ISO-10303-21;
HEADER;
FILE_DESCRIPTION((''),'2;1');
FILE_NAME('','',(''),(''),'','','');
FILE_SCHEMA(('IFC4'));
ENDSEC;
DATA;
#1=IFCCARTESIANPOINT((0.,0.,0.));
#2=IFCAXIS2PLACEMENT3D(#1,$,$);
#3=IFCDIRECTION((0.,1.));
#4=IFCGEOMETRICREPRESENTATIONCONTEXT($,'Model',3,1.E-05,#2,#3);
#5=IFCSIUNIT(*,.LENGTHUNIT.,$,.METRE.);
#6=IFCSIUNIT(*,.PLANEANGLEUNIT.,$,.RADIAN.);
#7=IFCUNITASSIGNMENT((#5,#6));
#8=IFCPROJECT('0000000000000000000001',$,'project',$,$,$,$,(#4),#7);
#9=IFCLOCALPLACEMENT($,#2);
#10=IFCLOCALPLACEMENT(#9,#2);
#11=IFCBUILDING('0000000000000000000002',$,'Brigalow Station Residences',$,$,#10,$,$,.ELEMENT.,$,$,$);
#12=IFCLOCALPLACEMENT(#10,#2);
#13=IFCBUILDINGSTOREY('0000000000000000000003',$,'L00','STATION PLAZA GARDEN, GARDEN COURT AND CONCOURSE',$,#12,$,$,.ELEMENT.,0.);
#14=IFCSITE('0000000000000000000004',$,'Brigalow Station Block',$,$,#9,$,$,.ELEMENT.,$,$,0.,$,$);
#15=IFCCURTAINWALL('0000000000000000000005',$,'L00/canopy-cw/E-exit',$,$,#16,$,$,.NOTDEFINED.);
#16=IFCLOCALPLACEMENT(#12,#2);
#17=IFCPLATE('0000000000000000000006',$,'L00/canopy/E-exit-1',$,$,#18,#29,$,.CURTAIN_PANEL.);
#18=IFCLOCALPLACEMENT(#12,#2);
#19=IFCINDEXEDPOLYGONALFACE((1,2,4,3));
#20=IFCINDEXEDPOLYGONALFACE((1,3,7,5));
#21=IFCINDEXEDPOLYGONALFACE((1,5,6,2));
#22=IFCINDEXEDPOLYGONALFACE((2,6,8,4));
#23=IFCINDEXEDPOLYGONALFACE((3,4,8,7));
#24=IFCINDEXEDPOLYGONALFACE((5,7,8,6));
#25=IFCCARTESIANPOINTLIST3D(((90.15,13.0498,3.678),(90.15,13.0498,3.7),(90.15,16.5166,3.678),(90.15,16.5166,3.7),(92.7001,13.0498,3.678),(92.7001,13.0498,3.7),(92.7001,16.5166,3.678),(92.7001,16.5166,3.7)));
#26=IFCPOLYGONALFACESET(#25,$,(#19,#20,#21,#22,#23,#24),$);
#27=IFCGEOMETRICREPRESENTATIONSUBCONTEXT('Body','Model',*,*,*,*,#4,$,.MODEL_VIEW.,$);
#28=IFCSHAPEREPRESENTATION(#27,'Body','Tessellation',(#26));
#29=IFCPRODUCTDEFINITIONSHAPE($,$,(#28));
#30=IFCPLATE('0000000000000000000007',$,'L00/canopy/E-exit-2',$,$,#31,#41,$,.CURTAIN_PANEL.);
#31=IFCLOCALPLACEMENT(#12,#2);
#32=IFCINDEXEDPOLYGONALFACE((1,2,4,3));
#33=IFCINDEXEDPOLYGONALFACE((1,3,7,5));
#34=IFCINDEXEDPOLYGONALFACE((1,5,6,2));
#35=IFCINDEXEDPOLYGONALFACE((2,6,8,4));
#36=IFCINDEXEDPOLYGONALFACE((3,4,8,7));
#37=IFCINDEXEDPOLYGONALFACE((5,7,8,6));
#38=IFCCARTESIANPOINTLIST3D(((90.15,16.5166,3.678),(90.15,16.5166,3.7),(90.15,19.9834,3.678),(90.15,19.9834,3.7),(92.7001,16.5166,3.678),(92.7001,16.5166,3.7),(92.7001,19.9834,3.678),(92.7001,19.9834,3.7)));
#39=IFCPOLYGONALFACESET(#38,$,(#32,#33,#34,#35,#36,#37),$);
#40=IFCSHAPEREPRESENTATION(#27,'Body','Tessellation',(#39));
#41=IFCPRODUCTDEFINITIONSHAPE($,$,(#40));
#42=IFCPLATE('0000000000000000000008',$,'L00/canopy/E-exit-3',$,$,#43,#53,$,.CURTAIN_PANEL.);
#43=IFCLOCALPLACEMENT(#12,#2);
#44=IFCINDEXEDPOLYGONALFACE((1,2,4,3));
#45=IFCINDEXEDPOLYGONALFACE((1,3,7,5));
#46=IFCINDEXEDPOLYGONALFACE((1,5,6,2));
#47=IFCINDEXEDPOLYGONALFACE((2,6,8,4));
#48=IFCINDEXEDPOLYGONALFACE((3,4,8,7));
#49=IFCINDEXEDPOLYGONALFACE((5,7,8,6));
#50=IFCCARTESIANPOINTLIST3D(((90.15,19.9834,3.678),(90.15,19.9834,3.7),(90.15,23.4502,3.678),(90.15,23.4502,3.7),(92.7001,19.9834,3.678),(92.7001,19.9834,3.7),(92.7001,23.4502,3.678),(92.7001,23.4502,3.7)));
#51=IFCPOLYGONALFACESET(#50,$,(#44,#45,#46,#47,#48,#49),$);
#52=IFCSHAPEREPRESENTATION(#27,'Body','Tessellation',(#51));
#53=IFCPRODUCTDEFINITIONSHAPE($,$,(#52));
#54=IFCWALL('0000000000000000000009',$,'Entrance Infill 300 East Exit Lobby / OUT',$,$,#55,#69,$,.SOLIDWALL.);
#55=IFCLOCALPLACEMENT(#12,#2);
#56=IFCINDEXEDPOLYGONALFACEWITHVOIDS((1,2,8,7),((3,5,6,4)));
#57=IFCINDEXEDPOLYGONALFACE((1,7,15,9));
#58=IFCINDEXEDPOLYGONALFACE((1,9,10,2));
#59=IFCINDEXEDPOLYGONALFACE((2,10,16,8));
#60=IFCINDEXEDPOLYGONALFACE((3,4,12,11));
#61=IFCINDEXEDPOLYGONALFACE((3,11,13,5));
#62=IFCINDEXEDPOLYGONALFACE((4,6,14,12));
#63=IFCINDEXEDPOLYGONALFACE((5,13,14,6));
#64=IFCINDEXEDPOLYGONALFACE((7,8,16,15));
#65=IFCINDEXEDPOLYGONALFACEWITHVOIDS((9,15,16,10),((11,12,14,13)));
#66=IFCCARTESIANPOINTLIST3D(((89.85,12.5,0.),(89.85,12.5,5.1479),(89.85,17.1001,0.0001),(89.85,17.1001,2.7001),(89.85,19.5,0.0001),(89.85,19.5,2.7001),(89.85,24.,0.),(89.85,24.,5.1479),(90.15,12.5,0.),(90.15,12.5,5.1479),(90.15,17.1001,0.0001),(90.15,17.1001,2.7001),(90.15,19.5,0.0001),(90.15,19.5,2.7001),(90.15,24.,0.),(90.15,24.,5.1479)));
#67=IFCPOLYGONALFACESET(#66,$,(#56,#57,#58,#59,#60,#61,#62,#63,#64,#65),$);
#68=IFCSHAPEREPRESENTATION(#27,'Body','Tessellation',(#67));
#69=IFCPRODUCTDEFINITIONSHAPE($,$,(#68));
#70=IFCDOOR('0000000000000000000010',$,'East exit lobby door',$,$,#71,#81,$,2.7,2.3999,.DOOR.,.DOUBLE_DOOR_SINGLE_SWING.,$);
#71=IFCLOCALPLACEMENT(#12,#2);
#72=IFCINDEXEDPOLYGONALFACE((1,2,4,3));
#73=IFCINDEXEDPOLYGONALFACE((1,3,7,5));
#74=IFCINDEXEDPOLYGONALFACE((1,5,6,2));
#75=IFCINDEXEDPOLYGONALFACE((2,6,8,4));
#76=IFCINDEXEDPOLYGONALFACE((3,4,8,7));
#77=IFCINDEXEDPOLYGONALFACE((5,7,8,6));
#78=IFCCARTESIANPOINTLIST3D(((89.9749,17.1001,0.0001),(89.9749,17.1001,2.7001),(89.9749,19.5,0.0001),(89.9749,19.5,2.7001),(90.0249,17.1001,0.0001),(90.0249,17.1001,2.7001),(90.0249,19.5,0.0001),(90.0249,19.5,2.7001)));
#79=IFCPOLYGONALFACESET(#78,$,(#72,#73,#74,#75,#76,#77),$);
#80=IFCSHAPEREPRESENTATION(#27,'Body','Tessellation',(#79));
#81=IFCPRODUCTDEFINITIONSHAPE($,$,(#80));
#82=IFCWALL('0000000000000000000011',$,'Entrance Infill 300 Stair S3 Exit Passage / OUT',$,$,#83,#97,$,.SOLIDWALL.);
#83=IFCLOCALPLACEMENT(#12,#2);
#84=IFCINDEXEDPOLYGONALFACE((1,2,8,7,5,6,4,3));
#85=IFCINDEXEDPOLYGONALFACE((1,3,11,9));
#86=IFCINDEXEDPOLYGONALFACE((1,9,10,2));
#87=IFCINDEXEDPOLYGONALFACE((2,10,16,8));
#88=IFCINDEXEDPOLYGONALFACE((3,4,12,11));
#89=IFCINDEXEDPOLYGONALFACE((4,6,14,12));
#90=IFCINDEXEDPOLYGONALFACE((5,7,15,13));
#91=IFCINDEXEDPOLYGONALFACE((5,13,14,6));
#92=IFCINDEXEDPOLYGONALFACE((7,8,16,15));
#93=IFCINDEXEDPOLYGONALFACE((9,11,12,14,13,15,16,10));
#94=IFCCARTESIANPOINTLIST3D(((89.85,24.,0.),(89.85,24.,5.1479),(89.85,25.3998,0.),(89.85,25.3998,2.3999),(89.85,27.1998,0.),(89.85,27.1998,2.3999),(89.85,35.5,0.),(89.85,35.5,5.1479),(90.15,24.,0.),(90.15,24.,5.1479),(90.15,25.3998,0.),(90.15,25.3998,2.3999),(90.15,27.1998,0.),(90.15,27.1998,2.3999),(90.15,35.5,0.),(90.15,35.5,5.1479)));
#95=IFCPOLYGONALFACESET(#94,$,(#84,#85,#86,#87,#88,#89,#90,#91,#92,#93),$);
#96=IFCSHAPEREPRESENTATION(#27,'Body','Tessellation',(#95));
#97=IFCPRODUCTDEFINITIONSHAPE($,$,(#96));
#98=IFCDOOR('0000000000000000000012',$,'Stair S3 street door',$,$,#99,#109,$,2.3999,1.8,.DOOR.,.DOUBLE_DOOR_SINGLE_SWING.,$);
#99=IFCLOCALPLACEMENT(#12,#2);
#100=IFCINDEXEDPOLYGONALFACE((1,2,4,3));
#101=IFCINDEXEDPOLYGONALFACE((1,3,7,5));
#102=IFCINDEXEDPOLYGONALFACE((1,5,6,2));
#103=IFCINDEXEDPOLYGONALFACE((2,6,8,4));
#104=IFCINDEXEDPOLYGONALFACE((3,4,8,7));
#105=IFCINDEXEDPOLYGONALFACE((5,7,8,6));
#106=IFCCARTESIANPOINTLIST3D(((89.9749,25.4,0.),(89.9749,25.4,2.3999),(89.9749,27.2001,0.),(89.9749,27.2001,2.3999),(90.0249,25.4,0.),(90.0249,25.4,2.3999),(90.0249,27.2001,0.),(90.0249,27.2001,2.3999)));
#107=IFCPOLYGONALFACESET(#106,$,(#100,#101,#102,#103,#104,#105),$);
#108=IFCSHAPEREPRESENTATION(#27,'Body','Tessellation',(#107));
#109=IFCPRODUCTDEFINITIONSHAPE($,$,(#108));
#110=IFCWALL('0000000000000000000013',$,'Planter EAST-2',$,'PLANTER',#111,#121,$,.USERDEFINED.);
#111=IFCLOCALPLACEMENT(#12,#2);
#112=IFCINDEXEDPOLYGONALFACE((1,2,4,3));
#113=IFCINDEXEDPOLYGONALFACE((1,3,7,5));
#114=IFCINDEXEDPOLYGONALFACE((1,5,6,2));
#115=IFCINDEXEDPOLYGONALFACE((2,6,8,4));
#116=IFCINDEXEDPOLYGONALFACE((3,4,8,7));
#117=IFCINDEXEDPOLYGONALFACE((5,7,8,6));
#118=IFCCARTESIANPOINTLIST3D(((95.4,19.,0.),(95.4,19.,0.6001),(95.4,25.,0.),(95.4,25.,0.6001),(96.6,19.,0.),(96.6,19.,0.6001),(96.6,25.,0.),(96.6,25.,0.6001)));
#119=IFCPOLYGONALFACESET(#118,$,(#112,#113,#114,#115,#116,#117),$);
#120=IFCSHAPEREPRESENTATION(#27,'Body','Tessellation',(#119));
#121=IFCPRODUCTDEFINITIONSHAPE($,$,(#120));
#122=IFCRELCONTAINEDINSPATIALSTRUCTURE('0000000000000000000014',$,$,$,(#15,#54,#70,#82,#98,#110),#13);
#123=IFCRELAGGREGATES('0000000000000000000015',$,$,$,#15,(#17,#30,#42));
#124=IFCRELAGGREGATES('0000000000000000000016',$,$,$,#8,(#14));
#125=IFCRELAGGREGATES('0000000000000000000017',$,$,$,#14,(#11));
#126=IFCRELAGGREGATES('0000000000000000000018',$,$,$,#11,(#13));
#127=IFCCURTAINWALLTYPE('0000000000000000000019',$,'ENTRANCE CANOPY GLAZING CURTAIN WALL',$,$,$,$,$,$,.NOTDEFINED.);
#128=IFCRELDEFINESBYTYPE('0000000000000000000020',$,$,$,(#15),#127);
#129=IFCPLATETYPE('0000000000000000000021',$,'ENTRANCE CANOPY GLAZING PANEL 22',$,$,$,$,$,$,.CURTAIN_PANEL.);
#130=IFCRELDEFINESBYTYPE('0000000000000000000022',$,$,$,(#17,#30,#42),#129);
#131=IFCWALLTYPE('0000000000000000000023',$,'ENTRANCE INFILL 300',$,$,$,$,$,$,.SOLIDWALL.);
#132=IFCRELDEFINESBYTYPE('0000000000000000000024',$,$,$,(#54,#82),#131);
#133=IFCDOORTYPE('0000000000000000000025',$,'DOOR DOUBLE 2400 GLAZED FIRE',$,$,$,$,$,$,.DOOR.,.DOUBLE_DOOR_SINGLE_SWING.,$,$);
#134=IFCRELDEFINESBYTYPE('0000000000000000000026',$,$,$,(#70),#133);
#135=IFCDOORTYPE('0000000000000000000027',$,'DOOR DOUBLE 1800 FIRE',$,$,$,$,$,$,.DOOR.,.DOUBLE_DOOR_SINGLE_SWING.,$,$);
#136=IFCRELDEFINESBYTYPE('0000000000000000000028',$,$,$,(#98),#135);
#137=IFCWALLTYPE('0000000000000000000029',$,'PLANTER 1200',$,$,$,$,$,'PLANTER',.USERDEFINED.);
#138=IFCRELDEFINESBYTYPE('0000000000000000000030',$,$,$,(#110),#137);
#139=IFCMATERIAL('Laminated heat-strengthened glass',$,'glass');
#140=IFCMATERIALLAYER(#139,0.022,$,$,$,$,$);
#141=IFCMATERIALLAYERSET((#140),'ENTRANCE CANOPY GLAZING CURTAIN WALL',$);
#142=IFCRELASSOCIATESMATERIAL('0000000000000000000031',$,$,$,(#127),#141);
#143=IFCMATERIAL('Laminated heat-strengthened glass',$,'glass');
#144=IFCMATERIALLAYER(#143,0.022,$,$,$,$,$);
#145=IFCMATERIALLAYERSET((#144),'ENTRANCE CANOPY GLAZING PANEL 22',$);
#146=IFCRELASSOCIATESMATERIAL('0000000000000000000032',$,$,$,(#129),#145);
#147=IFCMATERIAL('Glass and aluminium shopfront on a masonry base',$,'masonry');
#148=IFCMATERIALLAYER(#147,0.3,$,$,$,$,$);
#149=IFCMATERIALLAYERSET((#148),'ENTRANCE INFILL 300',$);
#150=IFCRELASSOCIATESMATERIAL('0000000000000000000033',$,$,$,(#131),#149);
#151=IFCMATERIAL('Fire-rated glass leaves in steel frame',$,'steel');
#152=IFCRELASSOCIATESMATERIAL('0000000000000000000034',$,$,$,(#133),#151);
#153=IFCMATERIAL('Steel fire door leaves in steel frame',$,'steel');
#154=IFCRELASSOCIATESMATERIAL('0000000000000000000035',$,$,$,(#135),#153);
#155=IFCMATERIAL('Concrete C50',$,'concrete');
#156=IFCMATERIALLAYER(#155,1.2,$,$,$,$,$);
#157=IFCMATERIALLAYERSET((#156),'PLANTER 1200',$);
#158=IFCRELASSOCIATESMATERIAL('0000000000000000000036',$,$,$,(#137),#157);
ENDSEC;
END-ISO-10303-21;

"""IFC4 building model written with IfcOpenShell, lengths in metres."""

from ifc_helpers import new_model, si_unit, direction, frame, frame_2d, origin, origin_2d, place, context, subcontext, project, spatial, rectangle, extrude, material, layer, layer_set, type_object, element, fill, aggregate, save


model = new_model("IFC4")

# Units and contexts
model_context = context("Model", 3, precision=1e-05, world=origin(), true_north=direction((0.0, 1.0)))
body_context = subcontext(model_context, "Body", "Model", "MODEL_VIEW")
ifc_project = project(units=[si_unit("LENGTHUNIT", "METRE"), si_unit("PLANEANGLEUNIT", "RADIAN")], contexts=[model_context])

# Site, building, storey
site_placement = place(None, origin())
site = spatial("IfcSite", under=ifc_project, at=site_placement, Name="Brigalow Station Block", CompositionType="ELEMENT", RefElevation=0.0)
building_placement = place(site_placement, origin())
building = spatial("IfcBuilding", under=site, at=building_placement, Name="Brigalow Station Residences", CompositionType="ELEMENT")
storey_placement = place(building_placement, origin())
storey = spatial("IfcBuildingStorey", under=building, at=storey_placement, Name="L00", Description="STATION PLAZA GARDEN, GARDEN COURT AND CONCOURSE", CompositionType="ELEMENT", Elevation=0.0)

# Curtain wall, plates
ifc_material_1 = material(Name="Laminated heat-strengthened glass", Category="glass")
ifc_layer_1 = layer(ifc_material_1, 0.022)
ifc_layer_set_1 = layer_set([ifc_layer_1], Name="ENTRANCE CANOPY GLAZING CURTAIN WALL")
curtain_wall_type = type_object("IfcCurtainWallType", Name="ENTRANCE CANOPY GLAZING CURTAIN WALL", PredefinedType="NOTDEFINED", material=ifc_layer_set_1)
curtain_wall_placement = place(storey_placement, origin())
curtain_wall = element("IfcCurtainWall", 1, at=curtain_wall_placement, inside=storey, type_object=curtain_wall_type, Name="L00/canopy-cw/E-exit", PredefinedType="NOTDEFINED")
ifc_material_2 = material(Name="Laminated heat-strengthened glass", Category="glass")
ifc_layer_2 = layer(ifc_material_2, 0.022)
ifc_layer_set_2 = layer_set([ifc_layer_2], Name="ENTRANCE CANOPY GLAZING PANEL 22")
plate_type = type_object("IfcPlateType", Name="ENTRANCE CANOPY GLAZING PANEL 22", PredefinedType="CURTAIN_PANEL", material=ifc_layer_set_2)
plate_1_placement = place(storey_placement, frame((91.425, 14.7832, 3.678), z_axis=(0.0, 0.0, 1.0), x_axis=(0.0, 1.0, 0.0)))
plate_1 = element("IfcPlate", 2, at=plate_1_placement, type_object=plate_type, Name="L00/canopy/E-exit-1", PredefinedType="CURTAIN_PANEL", context=body_context, shape_type="SweptSolid", body=[
    extrude(rectangle(XDim=3.4668, YDim=2.55, at=origin_2d()), origin(), (0.0, 0.0, 1.0), 0.022),
])
plate_2_placement = place(storey_placement, frame((91.425, 18.25, 3.678), z_axis=(0.0, 0.0, 1.0), x_axis=(0.0, 1.0, 0.0)))
plate_2 = element("IfcPlate", 3, at=plate_2_placement, type_object=plate_type, Name="L00/canopy/E-exit-2", PredefinedType="CURTAIN_PANEL", context=body_context, shape_type="SweptSolid", body=[
    extrude(rectangle(XDim=3.4668, YDim=2.55, at=origin_2d()), origin(), (0.0, 0.0, 1.0), 0.022),
])
plate_3_placement = place(storey_placement, frame((91.425, 21.7168, 3.678), z_axis=(0.0, 0.0, 1.0), x_axis=(0.0, 1.0, 0.0)))
plate_3 = element("IfcPlate", 4, at=plate_3_placement, type_object=plate_type, Name="L00/canopy/E-exit-3", PredefinedType="CURTAIN_PANEL", context=body_context, shape_type="SweptSolid", body=[
    extrude(rectangle(XDim=3.4668, YDim=2.55, at=origin_2d()), origin(), (0.0, 0.0, 1.0), 0.022),
])
aggregate(curtain_wall, [plate_1, plate_2, plate_3])

# Walls, openings, doors
ifc_material_3 = material(Name="Glass and aluminium shopfront on a masonry base", Category="masonry")
ifc_layer_3 = layer(ifc_material_3, 0.3)
ifc_layer_set_3 = layer_set([ifc_layer_3], Name="ENTRANCE INFILL 300")
wall_type_1 = type_object("IfcWallType", Name="ENTRANCE INFILL 300", PredefinedType="SOLIDWALL", material=ifc_layer_set_3)
wall_1_placement = place(storey_placement, frame((90.0, 12.5, 0.0), z_axis=(0.0, 0.0, 1.0), x_axis=(0.0, 1.0, 0.0)))
wall_1 = element("IfcWall", 5, at=wall_1_placement, inside=storey, type_object=wall_type_1, Name="Entrance Infill 300 East Exit Lobby / OUT", PredefinedType="SOLIDWALL", context=body_context, shape_type="SweptSolid", body=[
    extrude(rectangle(XDim=11.5, YDim=0.3, at=frame_2d((5.75, 0.0))), origin(), (0.0, 0.0, 1.0), 5.1479),
])
opening_1_placement = place(wall_1_placement, frame((4.6001, 0.0, 0.0)))
opening_1 = element("IfcOpeningElement", 6, at=opening_1_placement, cuts=wall_1, PredefinedType="OPENING", context=body_context, shape_type="SweptSolid", body=[
    extrude(rectangle(XDim=2.3999, YDim=2.7, at=frame_2d((1.2, 1.3501))), frame((0.0, 0.1602, 0.0), z_axis=(0.0, -1.0, 0.0), x_axis=(1.0, 0.0, 0.0)), (0.0, 0.0, 1.0), 0.3201),
])
ifc_material_4 = material(Name="Fire-rated glass leaves in steel frame", Category="steel")
door_type_1 = type_object("IfcDoorType", Name="DOOR DOUBLE 2400 GLAZED FIRE", OperationType="DOUBLE_DOOR_SINGLE_SWING", PredefinedType="DOOR", material=ifc_material_4)
door_1_placement = place(opening_1_placement, frame((2.3999, 0.0, 0.0), z_axis=(0.0, 0.0, 1.0), x_axis=(-1.0, 0.0, 0.0)))
door_1 = element("IfcDoor", 7, at=door_1_placement, inside=storey, type_object=door_type_1, Name="East exit lobby door", OperationType="DOUBLE_DOOR_SINGLE_SWING", OverallHeight=2.7, OverallWidth=2.3999, PredefinedType="DOOR", context=body_context, shape_type="SweptSolid", body=[
    extrude(rectangle(XDim=2.3999, YDim=2.7, at=frame_2d((1.2, 1.3501))), frame((0.0, 0.0249, 0.0), z_axis=(0.0, -1.0, 0.0), x_axis=(1.0, 0.0, 0.0)), (0.0, 0.0, 1.0), 0.05),
])
fill(opening_1, door_1)
wall_2_placement = place(storey_placement, frame((90.0, 24.0, 0.0), z_axis=(0.0, 0.0, 1.0), x_axis=(0.0, 1.0, 0.0)))
wall_2 = element("IfcWall", 8, at=wall_2_placement, inside=storey, type_object=wall_type_1, Name="Entrance Infill 300 Stair S3 Exit Passage / OUT", PredefinedType="SOLIDWALL", context=body_context, shape_type="SweptSolid", body=[
    extrude(rectangle(XDim=11.5, YDim=0.3, at=frame_2d((5.75, 0.0))), origin(), (0.0, 0.0, 1.0), 5.1479),
])
opening_2_placement = place(wall_2_placement, frame((1.3999, 0.0, 0.0)))
opening_2 = element("IfcOpeningElement", 9, at=opening_2_placement, cuts=wall_2, PredefinedType="OPENING", context=body_context, shape_type="SweptSolid", body=[
    extrude(rectangle(XDim=1.8, YDim=2.3999, at=frame_2d((0.8999, 1.2))), frame((0.0, 0.1602, 0.0), z_axis=(0.0, -1.0, 0.0), x_axis=(1.0, 0.0, 0.0)), (0.0, 0.0, 1.0), 0.3201),
])
ifc_material_5 = material(Name="Steel fire door leaves in steel frame", Category="steel")
door_type_2 = type_object("IfcDoorType", Name="DOOR DOUBLE 1800 FIRE", OperationType="DOUBLE_DOOR_SINGLE_SWING", PredefinedType="DOOR", material=ifc_material_5)
door_2_placement = place(opening_2_placement, frame((1.8, 0.0, 0.0), z_axis=(0.0, 0.0, 1.0), x_axis=(-1.0, 0.0, 0.0)))
door_2 = element("IfcDoor", 10, at=door_2_placement, inside=storey, type_object=door_type_2, Name="Stair S3 street door", OperationType="DOUBLE_DOOR_SINGLE_SWING", OverallHeight=2.3999, OverallWidth=1.8, PredefinedType="DOOR", context=body_context, shape_type="SweptSolid", body=[
    extrude(rectangle(XDim=1.8, YDim=2.3999, at=frame_2d((0.8999, 1.2))), frame((0.0, 0.0249, 0.0), z_axis=(0.0, -1.0, 0.0), x_axis=(1.0, 0.0, 0.0)), (0.0, 0.0, 1.0), 0.05),
])
fill(opening_2, door_2)

# Wall
ifc_material_6 = material(Name="Concrete C50", Category="concrete")
ifc_layer_4 = layer(ifc_material_6, 1.2)
ifc_layer_set_4 = layer_set([ifc_layer_4], Name="PLANTER 1200")
wall_type_2 = type_object("IfcWallType", Name="PLANTER 1200", ElementType="PLANTER", PredefinedType="USERDEFINED", material=ifc_layer_set_4)
wall_3_placement = place(storey_placement, frame((96.0, 19.0, 0.0), z_axis=(0.0, 0.0, 1.0), x_axis=(0.0, 1.0, 0.0)))
element("IfcWall", 11, at=wall_3_placement, inside=storey, type_object=wall_type_2, Name="Planter EAST-2", ObjectType="PLANTER", PredefinedType="USERDEFINED", context=body_context, shape_type="SweptSolid", body=[
    extrude(rectangle(XDim=6.0, YDim=1.2, at=frame_2d((3.0, 0.0))), origin(), (0.0, 0.0, 1.0), 0.6001),
])

save(model, "model.ifc")
